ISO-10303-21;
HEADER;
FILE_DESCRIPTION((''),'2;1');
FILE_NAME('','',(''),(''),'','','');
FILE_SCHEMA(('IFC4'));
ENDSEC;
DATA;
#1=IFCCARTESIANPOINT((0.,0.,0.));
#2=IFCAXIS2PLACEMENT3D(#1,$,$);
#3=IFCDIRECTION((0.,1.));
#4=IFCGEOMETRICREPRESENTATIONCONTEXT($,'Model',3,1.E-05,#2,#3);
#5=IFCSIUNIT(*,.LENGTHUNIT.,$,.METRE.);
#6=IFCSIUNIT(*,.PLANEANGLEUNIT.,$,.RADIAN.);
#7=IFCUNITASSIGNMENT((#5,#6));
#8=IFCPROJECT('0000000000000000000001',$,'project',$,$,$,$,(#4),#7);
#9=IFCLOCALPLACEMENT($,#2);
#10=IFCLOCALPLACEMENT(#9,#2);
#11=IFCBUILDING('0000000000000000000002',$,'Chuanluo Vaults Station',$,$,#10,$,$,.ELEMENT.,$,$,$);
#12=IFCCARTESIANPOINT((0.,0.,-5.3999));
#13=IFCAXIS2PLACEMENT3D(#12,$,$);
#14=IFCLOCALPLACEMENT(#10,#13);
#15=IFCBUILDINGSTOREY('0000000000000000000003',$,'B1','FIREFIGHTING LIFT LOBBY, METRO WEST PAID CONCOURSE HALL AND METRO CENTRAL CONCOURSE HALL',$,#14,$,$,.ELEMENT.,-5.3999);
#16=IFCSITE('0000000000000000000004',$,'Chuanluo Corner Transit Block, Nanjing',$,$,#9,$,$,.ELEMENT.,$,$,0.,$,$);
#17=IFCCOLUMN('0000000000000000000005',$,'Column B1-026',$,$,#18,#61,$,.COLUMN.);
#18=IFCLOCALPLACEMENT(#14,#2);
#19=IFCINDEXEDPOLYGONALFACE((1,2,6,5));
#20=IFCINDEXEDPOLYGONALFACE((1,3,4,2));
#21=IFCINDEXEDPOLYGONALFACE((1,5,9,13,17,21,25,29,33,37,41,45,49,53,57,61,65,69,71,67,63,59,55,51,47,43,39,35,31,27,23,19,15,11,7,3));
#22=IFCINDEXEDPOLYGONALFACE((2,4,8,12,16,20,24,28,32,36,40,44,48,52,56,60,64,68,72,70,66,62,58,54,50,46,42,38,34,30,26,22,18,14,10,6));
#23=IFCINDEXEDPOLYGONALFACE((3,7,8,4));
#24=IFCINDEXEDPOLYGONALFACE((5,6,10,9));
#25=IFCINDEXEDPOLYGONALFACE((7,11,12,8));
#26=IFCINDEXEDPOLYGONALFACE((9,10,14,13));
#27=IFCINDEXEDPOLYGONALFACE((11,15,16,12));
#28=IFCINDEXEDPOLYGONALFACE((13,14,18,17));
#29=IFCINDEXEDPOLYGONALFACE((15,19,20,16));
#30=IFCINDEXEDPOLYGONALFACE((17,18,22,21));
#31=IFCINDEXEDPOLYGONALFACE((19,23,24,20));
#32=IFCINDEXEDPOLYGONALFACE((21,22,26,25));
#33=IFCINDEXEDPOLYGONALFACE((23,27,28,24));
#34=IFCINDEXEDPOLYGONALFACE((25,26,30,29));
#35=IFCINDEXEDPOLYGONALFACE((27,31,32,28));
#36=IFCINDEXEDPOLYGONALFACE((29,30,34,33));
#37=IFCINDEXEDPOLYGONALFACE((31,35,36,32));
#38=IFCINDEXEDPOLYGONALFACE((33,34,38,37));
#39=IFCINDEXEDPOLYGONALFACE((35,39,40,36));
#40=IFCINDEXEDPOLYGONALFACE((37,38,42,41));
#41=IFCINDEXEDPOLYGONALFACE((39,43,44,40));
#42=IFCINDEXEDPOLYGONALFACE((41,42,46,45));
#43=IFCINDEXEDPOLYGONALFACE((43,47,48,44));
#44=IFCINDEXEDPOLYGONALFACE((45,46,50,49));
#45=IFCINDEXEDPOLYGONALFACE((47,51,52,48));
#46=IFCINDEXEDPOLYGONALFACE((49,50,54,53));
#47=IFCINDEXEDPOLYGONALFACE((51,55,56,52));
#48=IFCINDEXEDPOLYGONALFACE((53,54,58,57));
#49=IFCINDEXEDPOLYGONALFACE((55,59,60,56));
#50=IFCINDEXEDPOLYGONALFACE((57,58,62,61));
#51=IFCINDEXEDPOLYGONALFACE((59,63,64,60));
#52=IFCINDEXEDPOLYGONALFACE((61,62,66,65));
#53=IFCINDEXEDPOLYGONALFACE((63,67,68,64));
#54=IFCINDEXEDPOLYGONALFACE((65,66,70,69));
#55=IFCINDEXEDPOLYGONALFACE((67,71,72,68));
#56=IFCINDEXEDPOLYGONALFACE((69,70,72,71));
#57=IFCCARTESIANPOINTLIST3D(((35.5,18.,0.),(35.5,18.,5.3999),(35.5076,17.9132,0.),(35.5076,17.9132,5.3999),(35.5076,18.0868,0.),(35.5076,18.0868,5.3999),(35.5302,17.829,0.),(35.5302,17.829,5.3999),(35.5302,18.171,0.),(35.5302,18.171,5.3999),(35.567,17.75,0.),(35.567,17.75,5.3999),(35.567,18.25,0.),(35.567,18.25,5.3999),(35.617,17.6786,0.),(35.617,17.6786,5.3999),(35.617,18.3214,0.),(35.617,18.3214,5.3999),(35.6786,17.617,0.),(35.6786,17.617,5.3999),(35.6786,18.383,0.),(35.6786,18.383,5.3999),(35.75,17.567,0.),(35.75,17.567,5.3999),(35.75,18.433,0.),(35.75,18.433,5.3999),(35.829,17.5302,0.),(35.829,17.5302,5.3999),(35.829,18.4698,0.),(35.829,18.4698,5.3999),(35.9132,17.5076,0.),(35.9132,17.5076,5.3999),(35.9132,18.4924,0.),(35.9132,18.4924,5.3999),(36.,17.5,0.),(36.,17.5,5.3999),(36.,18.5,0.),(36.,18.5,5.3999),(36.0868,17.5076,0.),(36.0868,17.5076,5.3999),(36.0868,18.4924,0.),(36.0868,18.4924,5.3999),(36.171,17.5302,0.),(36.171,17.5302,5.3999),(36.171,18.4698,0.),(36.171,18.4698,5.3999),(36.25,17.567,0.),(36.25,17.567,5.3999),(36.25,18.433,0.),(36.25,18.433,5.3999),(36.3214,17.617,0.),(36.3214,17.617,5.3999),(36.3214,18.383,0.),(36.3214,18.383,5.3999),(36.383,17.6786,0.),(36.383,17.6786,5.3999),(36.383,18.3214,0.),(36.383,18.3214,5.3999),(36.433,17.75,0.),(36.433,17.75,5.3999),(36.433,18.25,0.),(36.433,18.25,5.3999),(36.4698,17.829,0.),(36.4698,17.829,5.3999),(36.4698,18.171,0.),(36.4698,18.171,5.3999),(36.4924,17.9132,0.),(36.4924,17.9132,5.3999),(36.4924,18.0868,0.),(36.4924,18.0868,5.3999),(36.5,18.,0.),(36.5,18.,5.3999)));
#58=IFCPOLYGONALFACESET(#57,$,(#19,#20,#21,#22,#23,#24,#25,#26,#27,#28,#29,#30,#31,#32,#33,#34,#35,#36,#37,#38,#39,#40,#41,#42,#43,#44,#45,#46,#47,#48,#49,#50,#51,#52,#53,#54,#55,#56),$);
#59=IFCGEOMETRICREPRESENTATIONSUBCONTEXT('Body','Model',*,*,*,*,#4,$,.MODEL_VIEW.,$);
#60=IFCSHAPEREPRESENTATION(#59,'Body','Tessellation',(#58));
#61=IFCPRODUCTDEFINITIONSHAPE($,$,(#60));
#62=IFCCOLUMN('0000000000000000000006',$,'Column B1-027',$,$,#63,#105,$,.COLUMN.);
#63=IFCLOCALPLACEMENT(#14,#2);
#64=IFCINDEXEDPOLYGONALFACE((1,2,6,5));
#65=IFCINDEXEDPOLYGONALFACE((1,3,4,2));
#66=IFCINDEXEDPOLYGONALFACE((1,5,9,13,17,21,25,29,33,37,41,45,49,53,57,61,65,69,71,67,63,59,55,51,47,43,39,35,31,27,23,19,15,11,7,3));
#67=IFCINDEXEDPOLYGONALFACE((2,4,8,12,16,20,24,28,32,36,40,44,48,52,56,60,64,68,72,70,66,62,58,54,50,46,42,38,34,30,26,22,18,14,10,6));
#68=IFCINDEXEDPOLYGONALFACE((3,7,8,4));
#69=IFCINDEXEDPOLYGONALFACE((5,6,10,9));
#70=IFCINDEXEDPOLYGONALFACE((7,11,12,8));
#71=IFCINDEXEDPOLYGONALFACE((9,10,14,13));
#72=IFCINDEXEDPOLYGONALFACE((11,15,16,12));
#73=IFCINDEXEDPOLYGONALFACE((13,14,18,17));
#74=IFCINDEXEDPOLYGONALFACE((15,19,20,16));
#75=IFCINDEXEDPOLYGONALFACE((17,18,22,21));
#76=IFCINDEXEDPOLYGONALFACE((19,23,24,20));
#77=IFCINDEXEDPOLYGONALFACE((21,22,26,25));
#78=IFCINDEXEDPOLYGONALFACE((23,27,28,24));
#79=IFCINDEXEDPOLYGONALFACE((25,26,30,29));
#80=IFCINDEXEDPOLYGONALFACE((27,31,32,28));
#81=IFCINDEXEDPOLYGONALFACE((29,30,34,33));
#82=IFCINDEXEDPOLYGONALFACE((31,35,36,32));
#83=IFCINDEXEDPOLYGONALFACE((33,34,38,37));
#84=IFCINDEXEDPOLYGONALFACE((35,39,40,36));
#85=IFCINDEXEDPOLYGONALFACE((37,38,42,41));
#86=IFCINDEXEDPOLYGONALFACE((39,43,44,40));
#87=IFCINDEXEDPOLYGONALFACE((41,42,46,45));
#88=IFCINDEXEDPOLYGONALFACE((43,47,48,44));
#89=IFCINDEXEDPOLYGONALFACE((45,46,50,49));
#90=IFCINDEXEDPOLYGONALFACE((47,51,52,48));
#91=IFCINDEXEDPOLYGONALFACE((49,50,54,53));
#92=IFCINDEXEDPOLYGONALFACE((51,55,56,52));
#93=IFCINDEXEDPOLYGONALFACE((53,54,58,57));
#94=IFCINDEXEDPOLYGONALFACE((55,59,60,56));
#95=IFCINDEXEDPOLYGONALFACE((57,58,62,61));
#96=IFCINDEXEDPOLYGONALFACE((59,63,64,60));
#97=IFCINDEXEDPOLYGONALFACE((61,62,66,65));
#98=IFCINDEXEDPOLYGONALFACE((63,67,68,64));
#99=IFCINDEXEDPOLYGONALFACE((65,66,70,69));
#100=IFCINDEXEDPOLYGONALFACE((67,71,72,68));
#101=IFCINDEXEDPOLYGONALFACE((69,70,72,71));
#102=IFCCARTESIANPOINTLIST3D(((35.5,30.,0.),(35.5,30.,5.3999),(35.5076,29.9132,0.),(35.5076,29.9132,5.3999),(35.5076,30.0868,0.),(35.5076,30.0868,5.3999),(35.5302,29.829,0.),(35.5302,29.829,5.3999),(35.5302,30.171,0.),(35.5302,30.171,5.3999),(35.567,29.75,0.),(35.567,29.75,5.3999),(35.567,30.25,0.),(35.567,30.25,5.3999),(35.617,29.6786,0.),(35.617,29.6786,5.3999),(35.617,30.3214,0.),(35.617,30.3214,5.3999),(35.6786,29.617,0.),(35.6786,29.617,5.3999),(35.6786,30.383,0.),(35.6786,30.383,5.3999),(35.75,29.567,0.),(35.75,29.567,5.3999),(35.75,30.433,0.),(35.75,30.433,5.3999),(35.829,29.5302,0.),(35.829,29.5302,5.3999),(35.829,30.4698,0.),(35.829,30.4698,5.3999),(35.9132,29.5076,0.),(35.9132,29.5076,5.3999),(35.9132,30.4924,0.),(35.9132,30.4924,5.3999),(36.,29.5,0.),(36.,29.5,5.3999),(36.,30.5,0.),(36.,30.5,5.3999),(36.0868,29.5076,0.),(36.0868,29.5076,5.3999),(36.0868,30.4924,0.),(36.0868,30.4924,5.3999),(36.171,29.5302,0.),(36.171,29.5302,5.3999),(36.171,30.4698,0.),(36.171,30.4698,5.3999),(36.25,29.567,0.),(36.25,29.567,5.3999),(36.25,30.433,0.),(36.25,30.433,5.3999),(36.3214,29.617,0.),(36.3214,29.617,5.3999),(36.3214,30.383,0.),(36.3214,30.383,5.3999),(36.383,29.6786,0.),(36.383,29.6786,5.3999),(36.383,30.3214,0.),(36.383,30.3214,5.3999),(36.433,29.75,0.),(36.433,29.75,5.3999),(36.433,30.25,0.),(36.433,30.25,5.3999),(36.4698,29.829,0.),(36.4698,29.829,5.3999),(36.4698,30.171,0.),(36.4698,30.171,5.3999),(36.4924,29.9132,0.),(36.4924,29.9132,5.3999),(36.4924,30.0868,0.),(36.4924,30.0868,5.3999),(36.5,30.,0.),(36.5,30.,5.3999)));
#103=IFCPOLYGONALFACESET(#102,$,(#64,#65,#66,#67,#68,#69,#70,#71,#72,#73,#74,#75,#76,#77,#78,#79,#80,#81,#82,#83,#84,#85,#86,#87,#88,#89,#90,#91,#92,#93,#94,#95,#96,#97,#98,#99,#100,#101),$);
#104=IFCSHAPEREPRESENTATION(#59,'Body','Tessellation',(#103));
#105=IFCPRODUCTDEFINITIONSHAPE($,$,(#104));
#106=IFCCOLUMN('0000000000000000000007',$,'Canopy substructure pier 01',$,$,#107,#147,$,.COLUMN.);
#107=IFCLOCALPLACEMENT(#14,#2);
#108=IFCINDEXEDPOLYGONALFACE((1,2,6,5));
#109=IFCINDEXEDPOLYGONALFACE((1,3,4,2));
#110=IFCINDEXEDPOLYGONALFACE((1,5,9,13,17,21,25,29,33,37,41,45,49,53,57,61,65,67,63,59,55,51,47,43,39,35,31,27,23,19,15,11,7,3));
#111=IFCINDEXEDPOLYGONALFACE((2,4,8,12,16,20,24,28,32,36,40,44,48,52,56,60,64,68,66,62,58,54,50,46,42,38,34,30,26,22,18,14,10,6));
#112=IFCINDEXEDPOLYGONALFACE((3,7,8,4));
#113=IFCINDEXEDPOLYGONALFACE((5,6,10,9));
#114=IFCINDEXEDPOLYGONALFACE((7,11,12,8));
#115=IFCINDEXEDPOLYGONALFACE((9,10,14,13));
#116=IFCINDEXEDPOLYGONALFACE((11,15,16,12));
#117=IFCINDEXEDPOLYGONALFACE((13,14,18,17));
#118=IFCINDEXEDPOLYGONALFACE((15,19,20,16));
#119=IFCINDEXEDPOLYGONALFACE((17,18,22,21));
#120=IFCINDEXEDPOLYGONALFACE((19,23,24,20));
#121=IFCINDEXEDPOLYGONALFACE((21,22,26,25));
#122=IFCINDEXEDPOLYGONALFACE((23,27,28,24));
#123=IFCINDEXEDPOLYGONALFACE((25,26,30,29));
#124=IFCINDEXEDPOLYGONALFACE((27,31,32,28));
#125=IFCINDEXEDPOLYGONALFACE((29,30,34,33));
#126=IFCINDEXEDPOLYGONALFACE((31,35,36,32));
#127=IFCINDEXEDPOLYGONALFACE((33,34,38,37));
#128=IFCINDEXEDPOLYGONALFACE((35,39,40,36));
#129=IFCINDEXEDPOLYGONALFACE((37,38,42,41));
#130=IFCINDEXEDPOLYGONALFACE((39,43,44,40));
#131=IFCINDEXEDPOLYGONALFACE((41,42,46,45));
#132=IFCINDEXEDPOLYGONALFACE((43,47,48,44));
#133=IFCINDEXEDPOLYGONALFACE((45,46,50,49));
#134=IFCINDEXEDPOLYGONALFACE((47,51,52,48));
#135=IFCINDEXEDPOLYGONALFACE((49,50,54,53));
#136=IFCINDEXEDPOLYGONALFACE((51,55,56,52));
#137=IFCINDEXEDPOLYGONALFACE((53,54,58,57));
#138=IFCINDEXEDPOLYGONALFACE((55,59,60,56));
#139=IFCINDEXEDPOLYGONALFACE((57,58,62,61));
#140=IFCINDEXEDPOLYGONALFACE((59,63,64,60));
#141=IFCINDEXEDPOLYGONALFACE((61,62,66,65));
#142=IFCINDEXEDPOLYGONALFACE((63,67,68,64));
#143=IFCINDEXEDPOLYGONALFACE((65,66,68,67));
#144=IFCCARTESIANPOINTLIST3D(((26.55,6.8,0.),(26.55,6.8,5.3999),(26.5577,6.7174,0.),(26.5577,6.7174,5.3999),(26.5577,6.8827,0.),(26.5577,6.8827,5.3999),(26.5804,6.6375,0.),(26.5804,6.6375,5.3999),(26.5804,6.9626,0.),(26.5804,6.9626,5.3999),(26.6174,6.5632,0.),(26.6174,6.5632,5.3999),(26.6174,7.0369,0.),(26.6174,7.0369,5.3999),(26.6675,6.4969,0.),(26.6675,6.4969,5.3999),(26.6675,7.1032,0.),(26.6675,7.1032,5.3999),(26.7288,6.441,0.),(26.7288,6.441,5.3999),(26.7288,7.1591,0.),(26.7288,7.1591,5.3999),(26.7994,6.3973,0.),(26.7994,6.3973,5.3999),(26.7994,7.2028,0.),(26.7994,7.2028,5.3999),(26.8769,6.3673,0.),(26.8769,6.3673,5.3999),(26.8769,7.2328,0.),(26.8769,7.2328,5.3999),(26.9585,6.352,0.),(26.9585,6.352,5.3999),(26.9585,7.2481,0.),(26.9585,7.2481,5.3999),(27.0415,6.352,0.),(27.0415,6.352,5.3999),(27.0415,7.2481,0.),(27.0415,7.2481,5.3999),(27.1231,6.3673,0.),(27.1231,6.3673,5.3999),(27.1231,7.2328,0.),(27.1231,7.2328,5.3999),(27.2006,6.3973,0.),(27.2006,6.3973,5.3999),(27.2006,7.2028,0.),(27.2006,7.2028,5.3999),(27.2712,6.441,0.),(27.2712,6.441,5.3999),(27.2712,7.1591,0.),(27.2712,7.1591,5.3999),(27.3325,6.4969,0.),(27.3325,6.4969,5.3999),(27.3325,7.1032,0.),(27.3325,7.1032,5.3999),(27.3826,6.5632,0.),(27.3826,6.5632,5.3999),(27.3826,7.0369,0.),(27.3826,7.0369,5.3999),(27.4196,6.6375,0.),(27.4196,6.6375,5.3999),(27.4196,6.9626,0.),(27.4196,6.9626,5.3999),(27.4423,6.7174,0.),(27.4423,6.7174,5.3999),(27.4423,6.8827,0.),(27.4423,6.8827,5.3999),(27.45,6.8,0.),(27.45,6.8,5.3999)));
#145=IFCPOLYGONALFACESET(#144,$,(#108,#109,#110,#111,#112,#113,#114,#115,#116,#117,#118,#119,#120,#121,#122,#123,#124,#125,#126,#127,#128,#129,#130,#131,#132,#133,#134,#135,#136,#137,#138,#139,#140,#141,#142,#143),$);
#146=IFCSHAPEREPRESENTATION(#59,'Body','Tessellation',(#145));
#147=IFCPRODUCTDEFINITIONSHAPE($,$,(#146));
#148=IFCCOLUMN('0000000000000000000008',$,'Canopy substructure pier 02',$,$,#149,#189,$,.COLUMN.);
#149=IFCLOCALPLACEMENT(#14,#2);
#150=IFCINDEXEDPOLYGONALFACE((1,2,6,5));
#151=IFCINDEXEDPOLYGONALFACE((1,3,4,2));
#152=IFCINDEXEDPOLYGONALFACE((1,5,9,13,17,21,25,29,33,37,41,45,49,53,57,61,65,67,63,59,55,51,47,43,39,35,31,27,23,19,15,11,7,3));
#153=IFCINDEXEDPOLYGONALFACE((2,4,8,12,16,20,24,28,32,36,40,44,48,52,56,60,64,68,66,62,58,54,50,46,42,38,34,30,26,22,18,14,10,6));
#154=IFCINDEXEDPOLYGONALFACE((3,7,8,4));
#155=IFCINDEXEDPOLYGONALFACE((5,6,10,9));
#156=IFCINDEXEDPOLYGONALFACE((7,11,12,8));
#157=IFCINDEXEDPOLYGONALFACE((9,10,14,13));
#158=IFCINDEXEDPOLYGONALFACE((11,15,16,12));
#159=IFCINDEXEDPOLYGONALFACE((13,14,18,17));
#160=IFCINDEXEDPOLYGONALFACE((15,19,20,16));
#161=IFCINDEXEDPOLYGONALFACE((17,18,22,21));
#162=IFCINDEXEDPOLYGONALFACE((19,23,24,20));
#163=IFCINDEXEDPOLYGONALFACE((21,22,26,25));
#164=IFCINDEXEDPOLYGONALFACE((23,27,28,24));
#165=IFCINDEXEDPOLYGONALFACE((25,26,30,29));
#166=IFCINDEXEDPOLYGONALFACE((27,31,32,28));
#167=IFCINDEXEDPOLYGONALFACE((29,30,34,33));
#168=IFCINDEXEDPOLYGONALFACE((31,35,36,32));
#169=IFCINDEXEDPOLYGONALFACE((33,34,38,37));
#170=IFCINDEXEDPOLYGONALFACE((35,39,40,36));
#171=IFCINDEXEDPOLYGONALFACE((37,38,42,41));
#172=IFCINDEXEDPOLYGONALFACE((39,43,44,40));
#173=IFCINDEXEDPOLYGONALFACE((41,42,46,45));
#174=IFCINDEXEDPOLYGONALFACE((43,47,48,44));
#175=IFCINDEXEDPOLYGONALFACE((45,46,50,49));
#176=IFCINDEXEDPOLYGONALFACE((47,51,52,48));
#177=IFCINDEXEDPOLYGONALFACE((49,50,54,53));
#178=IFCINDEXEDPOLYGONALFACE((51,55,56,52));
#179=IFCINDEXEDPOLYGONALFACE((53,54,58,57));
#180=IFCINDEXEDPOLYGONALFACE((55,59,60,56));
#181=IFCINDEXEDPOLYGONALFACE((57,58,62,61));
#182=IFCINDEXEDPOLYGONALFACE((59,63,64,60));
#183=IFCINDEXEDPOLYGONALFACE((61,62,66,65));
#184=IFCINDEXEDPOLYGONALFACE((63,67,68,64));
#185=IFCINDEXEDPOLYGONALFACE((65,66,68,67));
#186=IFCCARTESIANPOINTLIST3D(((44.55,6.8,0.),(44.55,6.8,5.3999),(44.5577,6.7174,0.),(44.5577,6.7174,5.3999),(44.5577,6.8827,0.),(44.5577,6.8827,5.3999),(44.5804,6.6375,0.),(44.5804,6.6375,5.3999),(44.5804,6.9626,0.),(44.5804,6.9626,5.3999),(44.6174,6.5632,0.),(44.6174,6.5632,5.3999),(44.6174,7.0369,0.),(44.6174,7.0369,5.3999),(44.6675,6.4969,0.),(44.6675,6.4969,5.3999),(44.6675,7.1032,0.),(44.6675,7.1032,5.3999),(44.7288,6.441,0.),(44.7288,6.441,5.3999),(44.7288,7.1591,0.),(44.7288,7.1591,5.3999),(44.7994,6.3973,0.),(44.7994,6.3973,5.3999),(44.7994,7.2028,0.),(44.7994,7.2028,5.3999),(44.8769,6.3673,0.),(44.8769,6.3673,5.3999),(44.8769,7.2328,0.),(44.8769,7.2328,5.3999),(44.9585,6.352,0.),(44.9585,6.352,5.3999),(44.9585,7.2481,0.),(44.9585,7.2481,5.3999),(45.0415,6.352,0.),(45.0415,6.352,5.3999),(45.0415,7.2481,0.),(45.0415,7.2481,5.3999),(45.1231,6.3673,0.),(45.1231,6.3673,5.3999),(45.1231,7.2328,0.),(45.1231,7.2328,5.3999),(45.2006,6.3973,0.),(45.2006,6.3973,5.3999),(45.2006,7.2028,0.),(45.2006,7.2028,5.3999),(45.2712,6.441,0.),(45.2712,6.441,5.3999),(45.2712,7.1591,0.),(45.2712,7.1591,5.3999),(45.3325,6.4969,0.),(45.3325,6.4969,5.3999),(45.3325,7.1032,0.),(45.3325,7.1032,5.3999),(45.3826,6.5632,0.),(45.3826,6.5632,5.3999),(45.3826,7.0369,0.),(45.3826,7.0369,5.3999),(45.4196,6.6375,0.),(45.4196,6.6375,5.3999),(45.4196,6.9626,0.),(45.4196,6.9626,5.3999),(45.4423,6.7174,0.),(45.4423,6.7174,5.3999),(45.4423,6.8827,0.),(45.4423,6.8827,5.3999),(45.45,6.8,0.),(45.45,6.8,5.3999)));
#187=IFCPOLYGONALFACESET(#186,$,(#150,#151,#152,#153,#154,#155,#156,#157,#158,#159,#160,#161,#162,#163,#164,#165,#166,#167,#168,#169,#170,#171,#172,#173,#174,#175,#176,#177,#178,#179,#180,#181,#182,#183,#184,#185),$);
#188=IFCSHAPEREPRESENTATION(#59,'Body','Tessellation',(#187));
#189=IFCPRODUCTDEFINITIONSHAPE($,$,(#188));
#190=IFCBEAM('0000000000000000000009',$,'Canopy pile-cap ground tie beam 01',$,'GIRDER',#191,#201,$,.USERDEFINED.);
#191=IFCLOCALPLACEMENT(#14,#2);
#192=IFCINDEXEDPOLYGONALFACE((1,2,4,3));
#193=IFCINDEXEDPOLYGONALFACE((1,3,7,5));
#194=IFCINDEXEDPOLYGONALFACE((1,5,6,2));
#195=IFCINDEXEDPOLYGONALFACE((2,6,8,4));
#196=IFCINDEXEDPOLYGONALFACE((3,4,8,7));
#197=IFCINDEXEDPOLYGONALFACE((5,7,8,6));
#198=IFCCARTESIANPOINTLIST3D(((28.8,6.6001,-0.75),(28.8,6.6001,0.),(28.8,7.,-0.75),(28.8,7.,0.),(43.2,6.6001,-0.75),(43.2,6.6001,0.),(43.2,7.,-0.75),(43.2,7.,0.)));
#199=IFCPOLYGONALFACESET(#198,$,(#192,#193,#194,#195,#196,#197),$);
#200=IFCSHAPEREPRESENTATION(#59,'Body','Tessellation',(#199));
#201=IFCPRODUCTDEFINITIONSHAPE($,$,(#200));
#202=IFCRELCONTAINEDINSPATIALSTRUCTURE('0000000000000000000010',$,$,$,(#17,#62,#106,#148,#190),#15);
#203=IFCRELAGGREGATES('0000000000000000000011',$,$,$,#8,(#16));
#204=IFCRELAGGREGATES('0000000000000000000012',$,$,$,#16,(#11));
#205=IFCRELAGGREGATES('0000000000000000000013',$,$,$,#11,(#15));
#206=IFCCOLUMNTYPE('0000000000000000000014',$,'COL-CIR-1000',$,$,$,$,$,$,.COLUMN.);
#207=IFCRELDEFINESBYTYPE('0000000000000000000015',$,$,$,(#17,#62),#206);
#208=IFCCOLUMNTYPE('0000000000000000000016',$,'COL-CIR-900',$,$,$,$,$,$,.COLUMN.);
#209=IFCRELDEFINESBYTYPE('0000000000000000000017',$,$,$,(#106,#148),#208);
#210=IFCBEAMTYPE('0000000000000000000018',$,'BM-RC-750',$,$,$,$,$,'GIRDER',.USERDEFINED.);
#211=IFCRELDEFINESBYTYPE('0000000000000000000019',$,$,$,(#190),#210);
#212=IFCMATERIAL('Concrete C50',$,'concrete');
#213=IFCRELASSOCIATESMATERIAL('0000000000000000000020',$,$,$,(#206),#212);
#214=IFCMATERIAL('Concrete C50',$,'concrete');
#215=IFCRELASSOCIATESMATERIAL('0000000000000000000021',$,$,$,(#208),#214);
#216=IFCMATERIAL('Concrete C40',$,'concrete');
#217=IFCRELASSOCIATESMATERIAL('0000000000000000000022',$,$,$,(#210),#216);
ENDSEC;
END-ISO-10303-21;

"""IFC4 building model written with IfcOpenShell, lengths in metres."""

from ifc_helpers import new_model, si_unit, direction, frame, origin, origin_2d, place, context, subcontext, project, spatial, rectangle, circle, extrude, material, material_profile, profile_set, type_object, element, save


model = new_model("IFC4")

# Units and contexts
model_context = context("Model", 3, precision=1e-05, world=origin(), true_north=direction((0.0, 1.0)))
body_context = subcontext(model_context, "Body", "Model", "MODEL_VIEW")
ifc_project = project(units=[si_unit("LENGTHUNIT", "METRE"), si_unit("PLANEANGLEUNIT", "RADIAN")], contexts=[model_context])

# Site, building, storey
site_placement = place(None, origin())
site = spatial("IfcSite", under=ifc_project, at=site_placement, Name="Chuanluo Corner Transit Block, Nanjing", CompositionType="ELEMENT", RefElevation=0.0)
building_placement = place(site_placement, origin())
building = spatial("IfcBuilding", under=site, at=building_placement, Name="Chuanluo Vaults Station", CompositionType="ELEMENT")
storey_placement = place(building_placement, frame((0.0, 0.0, -5.3999)))
storey = spatial("IfcBuildingStorey", under=building, at=storey_placement, Name="B1", Description="FIREFIGHTING LIFT LOBBY, METRO WEST PAID CONCOURSE HALL AND METRO CENTRAL CONCOURSE HALL", CompositionType="ELEMENT", Elevation=-5.3999)

# Columns
ifc_material_1 = material(Name="Concrete C50", Category="concrete")
ifc_material_profile_1 = material_profile(ifc_material_1, circle(Radius=0.5, at=origin_2d()))
ifc_profile_set_1 = profile_set([ifc_material_profile_1], Name="Concrete C50")
column_type_1 = type_object("IfcColumnType", Name="COL-CIR-1000", PredefinedType="COLUMN", material=ifc_profile_set_1)
for number, where, z_axis, x_axis, name in (
    (1, (36.0, 18.0, 0.0), (0.0, 0.0, 1.0), (1.0, 0.0, 0.0), "Column B1-026"),
    (2, (36.0, 30.0, 0.0), (0.0, 0.0, 1.0), (1.0, 0.0, 0.0), "Column B1-027"),
):
    element("IfcColumn", number, at=place(storey_placement, frame(where, z_axis=z_axis, x_axis=x_axis)), inside=storey, type_object=column_type_1, Name=name, PredefinedType="COLUMN", context=body_context, shape_type="SweptSolid", body=[
        extrude(circle(Radius=0.5, at=origin_2d()), origin(), (0.0, 0.0, 1.0), 5.3999),
    ])
ifc_material_2 = material(Name="Concrete C50", Category="concrete")
ifc_material_profile_2 = material_profile(ifc_material_2, circle(Radius=0.45, at=origin_2d()))
ifc_profile_set_2 = profile_set([ifc_material_profile_2], Name="Concrete C50")
column_type_2 = type_object("IfcColumnType", Name="COL-CIR-900", PredefinedType="COLUMN", material=ifc_profile_set_2)
for number, where, z_axis, x_axis, name in (
    (3, (27.0, 6.8, 0.0), (0.0, 0.0, 1.0), (1.0, 0.0, 0.0), "Canopy substructure pier 01"),
    (4, (45.0, 6.8, 0.0), (0.0, 0.0, 1.0), (1.0, 0.0, 0.0), "Canopy substructure pier 02"),
):
    element("IfcColumn", number, at=place(storey_placement, frame(where, z_axis=z_axis, x_axis=x_axis)), inside=storey, type_object=column_type_2, Name=name, PredefinedType="COLUMN", context=body_context, shape_type="SweptSolid", body=[
        extrude(circle(Radius=0.45, at=origin_2d()), origin(), (0.0, 0.0, 1.0), 5.3999),
    ])

# Beam
ifc_material_3 = material(Name="Concrete C40", Category="concrete")
ifc_material_profile_3 = material_profile(ifc_material_3, rectangle(XDim=0.3999, YDim=0.75, at=origin_2d()))
ifc_profile_set_3 = profile_set([ifc_material_profile_3], Name="Concrete C40")
beam_type = type_object("IfcBeamType", Name="BM-RC-750", ElementType="GIRDER", PredefinedType="USERDEFINED", material=ifc_profile_set_3)
for number, where, z_axis, x_axis, name in (
    (5, (28.8, 6.8, -0.375), (1.0, 0.0, 0.0), (0.0, 1.0, 0.0), "Canopy pile-cap ground tie beam 01"),
):
    element("IfcBeam", number, at=place(storey_placement, frame(where, z_axis=z_axis, x_axis=x_axis)), inside=storey, type_object=beam_type, Name=name, ObjectType="GIRDER", PredefinedType="USERDEFINED", context=body_context, shape_type="SweptSolid", body=[
        extrude(rectangle(XDim=0.3999, YDim=0.75, at=origin_2d()), origin(), (0.0, 0.0, 1.0), 14.3999),
    ])

save(model, "model.ifc")
